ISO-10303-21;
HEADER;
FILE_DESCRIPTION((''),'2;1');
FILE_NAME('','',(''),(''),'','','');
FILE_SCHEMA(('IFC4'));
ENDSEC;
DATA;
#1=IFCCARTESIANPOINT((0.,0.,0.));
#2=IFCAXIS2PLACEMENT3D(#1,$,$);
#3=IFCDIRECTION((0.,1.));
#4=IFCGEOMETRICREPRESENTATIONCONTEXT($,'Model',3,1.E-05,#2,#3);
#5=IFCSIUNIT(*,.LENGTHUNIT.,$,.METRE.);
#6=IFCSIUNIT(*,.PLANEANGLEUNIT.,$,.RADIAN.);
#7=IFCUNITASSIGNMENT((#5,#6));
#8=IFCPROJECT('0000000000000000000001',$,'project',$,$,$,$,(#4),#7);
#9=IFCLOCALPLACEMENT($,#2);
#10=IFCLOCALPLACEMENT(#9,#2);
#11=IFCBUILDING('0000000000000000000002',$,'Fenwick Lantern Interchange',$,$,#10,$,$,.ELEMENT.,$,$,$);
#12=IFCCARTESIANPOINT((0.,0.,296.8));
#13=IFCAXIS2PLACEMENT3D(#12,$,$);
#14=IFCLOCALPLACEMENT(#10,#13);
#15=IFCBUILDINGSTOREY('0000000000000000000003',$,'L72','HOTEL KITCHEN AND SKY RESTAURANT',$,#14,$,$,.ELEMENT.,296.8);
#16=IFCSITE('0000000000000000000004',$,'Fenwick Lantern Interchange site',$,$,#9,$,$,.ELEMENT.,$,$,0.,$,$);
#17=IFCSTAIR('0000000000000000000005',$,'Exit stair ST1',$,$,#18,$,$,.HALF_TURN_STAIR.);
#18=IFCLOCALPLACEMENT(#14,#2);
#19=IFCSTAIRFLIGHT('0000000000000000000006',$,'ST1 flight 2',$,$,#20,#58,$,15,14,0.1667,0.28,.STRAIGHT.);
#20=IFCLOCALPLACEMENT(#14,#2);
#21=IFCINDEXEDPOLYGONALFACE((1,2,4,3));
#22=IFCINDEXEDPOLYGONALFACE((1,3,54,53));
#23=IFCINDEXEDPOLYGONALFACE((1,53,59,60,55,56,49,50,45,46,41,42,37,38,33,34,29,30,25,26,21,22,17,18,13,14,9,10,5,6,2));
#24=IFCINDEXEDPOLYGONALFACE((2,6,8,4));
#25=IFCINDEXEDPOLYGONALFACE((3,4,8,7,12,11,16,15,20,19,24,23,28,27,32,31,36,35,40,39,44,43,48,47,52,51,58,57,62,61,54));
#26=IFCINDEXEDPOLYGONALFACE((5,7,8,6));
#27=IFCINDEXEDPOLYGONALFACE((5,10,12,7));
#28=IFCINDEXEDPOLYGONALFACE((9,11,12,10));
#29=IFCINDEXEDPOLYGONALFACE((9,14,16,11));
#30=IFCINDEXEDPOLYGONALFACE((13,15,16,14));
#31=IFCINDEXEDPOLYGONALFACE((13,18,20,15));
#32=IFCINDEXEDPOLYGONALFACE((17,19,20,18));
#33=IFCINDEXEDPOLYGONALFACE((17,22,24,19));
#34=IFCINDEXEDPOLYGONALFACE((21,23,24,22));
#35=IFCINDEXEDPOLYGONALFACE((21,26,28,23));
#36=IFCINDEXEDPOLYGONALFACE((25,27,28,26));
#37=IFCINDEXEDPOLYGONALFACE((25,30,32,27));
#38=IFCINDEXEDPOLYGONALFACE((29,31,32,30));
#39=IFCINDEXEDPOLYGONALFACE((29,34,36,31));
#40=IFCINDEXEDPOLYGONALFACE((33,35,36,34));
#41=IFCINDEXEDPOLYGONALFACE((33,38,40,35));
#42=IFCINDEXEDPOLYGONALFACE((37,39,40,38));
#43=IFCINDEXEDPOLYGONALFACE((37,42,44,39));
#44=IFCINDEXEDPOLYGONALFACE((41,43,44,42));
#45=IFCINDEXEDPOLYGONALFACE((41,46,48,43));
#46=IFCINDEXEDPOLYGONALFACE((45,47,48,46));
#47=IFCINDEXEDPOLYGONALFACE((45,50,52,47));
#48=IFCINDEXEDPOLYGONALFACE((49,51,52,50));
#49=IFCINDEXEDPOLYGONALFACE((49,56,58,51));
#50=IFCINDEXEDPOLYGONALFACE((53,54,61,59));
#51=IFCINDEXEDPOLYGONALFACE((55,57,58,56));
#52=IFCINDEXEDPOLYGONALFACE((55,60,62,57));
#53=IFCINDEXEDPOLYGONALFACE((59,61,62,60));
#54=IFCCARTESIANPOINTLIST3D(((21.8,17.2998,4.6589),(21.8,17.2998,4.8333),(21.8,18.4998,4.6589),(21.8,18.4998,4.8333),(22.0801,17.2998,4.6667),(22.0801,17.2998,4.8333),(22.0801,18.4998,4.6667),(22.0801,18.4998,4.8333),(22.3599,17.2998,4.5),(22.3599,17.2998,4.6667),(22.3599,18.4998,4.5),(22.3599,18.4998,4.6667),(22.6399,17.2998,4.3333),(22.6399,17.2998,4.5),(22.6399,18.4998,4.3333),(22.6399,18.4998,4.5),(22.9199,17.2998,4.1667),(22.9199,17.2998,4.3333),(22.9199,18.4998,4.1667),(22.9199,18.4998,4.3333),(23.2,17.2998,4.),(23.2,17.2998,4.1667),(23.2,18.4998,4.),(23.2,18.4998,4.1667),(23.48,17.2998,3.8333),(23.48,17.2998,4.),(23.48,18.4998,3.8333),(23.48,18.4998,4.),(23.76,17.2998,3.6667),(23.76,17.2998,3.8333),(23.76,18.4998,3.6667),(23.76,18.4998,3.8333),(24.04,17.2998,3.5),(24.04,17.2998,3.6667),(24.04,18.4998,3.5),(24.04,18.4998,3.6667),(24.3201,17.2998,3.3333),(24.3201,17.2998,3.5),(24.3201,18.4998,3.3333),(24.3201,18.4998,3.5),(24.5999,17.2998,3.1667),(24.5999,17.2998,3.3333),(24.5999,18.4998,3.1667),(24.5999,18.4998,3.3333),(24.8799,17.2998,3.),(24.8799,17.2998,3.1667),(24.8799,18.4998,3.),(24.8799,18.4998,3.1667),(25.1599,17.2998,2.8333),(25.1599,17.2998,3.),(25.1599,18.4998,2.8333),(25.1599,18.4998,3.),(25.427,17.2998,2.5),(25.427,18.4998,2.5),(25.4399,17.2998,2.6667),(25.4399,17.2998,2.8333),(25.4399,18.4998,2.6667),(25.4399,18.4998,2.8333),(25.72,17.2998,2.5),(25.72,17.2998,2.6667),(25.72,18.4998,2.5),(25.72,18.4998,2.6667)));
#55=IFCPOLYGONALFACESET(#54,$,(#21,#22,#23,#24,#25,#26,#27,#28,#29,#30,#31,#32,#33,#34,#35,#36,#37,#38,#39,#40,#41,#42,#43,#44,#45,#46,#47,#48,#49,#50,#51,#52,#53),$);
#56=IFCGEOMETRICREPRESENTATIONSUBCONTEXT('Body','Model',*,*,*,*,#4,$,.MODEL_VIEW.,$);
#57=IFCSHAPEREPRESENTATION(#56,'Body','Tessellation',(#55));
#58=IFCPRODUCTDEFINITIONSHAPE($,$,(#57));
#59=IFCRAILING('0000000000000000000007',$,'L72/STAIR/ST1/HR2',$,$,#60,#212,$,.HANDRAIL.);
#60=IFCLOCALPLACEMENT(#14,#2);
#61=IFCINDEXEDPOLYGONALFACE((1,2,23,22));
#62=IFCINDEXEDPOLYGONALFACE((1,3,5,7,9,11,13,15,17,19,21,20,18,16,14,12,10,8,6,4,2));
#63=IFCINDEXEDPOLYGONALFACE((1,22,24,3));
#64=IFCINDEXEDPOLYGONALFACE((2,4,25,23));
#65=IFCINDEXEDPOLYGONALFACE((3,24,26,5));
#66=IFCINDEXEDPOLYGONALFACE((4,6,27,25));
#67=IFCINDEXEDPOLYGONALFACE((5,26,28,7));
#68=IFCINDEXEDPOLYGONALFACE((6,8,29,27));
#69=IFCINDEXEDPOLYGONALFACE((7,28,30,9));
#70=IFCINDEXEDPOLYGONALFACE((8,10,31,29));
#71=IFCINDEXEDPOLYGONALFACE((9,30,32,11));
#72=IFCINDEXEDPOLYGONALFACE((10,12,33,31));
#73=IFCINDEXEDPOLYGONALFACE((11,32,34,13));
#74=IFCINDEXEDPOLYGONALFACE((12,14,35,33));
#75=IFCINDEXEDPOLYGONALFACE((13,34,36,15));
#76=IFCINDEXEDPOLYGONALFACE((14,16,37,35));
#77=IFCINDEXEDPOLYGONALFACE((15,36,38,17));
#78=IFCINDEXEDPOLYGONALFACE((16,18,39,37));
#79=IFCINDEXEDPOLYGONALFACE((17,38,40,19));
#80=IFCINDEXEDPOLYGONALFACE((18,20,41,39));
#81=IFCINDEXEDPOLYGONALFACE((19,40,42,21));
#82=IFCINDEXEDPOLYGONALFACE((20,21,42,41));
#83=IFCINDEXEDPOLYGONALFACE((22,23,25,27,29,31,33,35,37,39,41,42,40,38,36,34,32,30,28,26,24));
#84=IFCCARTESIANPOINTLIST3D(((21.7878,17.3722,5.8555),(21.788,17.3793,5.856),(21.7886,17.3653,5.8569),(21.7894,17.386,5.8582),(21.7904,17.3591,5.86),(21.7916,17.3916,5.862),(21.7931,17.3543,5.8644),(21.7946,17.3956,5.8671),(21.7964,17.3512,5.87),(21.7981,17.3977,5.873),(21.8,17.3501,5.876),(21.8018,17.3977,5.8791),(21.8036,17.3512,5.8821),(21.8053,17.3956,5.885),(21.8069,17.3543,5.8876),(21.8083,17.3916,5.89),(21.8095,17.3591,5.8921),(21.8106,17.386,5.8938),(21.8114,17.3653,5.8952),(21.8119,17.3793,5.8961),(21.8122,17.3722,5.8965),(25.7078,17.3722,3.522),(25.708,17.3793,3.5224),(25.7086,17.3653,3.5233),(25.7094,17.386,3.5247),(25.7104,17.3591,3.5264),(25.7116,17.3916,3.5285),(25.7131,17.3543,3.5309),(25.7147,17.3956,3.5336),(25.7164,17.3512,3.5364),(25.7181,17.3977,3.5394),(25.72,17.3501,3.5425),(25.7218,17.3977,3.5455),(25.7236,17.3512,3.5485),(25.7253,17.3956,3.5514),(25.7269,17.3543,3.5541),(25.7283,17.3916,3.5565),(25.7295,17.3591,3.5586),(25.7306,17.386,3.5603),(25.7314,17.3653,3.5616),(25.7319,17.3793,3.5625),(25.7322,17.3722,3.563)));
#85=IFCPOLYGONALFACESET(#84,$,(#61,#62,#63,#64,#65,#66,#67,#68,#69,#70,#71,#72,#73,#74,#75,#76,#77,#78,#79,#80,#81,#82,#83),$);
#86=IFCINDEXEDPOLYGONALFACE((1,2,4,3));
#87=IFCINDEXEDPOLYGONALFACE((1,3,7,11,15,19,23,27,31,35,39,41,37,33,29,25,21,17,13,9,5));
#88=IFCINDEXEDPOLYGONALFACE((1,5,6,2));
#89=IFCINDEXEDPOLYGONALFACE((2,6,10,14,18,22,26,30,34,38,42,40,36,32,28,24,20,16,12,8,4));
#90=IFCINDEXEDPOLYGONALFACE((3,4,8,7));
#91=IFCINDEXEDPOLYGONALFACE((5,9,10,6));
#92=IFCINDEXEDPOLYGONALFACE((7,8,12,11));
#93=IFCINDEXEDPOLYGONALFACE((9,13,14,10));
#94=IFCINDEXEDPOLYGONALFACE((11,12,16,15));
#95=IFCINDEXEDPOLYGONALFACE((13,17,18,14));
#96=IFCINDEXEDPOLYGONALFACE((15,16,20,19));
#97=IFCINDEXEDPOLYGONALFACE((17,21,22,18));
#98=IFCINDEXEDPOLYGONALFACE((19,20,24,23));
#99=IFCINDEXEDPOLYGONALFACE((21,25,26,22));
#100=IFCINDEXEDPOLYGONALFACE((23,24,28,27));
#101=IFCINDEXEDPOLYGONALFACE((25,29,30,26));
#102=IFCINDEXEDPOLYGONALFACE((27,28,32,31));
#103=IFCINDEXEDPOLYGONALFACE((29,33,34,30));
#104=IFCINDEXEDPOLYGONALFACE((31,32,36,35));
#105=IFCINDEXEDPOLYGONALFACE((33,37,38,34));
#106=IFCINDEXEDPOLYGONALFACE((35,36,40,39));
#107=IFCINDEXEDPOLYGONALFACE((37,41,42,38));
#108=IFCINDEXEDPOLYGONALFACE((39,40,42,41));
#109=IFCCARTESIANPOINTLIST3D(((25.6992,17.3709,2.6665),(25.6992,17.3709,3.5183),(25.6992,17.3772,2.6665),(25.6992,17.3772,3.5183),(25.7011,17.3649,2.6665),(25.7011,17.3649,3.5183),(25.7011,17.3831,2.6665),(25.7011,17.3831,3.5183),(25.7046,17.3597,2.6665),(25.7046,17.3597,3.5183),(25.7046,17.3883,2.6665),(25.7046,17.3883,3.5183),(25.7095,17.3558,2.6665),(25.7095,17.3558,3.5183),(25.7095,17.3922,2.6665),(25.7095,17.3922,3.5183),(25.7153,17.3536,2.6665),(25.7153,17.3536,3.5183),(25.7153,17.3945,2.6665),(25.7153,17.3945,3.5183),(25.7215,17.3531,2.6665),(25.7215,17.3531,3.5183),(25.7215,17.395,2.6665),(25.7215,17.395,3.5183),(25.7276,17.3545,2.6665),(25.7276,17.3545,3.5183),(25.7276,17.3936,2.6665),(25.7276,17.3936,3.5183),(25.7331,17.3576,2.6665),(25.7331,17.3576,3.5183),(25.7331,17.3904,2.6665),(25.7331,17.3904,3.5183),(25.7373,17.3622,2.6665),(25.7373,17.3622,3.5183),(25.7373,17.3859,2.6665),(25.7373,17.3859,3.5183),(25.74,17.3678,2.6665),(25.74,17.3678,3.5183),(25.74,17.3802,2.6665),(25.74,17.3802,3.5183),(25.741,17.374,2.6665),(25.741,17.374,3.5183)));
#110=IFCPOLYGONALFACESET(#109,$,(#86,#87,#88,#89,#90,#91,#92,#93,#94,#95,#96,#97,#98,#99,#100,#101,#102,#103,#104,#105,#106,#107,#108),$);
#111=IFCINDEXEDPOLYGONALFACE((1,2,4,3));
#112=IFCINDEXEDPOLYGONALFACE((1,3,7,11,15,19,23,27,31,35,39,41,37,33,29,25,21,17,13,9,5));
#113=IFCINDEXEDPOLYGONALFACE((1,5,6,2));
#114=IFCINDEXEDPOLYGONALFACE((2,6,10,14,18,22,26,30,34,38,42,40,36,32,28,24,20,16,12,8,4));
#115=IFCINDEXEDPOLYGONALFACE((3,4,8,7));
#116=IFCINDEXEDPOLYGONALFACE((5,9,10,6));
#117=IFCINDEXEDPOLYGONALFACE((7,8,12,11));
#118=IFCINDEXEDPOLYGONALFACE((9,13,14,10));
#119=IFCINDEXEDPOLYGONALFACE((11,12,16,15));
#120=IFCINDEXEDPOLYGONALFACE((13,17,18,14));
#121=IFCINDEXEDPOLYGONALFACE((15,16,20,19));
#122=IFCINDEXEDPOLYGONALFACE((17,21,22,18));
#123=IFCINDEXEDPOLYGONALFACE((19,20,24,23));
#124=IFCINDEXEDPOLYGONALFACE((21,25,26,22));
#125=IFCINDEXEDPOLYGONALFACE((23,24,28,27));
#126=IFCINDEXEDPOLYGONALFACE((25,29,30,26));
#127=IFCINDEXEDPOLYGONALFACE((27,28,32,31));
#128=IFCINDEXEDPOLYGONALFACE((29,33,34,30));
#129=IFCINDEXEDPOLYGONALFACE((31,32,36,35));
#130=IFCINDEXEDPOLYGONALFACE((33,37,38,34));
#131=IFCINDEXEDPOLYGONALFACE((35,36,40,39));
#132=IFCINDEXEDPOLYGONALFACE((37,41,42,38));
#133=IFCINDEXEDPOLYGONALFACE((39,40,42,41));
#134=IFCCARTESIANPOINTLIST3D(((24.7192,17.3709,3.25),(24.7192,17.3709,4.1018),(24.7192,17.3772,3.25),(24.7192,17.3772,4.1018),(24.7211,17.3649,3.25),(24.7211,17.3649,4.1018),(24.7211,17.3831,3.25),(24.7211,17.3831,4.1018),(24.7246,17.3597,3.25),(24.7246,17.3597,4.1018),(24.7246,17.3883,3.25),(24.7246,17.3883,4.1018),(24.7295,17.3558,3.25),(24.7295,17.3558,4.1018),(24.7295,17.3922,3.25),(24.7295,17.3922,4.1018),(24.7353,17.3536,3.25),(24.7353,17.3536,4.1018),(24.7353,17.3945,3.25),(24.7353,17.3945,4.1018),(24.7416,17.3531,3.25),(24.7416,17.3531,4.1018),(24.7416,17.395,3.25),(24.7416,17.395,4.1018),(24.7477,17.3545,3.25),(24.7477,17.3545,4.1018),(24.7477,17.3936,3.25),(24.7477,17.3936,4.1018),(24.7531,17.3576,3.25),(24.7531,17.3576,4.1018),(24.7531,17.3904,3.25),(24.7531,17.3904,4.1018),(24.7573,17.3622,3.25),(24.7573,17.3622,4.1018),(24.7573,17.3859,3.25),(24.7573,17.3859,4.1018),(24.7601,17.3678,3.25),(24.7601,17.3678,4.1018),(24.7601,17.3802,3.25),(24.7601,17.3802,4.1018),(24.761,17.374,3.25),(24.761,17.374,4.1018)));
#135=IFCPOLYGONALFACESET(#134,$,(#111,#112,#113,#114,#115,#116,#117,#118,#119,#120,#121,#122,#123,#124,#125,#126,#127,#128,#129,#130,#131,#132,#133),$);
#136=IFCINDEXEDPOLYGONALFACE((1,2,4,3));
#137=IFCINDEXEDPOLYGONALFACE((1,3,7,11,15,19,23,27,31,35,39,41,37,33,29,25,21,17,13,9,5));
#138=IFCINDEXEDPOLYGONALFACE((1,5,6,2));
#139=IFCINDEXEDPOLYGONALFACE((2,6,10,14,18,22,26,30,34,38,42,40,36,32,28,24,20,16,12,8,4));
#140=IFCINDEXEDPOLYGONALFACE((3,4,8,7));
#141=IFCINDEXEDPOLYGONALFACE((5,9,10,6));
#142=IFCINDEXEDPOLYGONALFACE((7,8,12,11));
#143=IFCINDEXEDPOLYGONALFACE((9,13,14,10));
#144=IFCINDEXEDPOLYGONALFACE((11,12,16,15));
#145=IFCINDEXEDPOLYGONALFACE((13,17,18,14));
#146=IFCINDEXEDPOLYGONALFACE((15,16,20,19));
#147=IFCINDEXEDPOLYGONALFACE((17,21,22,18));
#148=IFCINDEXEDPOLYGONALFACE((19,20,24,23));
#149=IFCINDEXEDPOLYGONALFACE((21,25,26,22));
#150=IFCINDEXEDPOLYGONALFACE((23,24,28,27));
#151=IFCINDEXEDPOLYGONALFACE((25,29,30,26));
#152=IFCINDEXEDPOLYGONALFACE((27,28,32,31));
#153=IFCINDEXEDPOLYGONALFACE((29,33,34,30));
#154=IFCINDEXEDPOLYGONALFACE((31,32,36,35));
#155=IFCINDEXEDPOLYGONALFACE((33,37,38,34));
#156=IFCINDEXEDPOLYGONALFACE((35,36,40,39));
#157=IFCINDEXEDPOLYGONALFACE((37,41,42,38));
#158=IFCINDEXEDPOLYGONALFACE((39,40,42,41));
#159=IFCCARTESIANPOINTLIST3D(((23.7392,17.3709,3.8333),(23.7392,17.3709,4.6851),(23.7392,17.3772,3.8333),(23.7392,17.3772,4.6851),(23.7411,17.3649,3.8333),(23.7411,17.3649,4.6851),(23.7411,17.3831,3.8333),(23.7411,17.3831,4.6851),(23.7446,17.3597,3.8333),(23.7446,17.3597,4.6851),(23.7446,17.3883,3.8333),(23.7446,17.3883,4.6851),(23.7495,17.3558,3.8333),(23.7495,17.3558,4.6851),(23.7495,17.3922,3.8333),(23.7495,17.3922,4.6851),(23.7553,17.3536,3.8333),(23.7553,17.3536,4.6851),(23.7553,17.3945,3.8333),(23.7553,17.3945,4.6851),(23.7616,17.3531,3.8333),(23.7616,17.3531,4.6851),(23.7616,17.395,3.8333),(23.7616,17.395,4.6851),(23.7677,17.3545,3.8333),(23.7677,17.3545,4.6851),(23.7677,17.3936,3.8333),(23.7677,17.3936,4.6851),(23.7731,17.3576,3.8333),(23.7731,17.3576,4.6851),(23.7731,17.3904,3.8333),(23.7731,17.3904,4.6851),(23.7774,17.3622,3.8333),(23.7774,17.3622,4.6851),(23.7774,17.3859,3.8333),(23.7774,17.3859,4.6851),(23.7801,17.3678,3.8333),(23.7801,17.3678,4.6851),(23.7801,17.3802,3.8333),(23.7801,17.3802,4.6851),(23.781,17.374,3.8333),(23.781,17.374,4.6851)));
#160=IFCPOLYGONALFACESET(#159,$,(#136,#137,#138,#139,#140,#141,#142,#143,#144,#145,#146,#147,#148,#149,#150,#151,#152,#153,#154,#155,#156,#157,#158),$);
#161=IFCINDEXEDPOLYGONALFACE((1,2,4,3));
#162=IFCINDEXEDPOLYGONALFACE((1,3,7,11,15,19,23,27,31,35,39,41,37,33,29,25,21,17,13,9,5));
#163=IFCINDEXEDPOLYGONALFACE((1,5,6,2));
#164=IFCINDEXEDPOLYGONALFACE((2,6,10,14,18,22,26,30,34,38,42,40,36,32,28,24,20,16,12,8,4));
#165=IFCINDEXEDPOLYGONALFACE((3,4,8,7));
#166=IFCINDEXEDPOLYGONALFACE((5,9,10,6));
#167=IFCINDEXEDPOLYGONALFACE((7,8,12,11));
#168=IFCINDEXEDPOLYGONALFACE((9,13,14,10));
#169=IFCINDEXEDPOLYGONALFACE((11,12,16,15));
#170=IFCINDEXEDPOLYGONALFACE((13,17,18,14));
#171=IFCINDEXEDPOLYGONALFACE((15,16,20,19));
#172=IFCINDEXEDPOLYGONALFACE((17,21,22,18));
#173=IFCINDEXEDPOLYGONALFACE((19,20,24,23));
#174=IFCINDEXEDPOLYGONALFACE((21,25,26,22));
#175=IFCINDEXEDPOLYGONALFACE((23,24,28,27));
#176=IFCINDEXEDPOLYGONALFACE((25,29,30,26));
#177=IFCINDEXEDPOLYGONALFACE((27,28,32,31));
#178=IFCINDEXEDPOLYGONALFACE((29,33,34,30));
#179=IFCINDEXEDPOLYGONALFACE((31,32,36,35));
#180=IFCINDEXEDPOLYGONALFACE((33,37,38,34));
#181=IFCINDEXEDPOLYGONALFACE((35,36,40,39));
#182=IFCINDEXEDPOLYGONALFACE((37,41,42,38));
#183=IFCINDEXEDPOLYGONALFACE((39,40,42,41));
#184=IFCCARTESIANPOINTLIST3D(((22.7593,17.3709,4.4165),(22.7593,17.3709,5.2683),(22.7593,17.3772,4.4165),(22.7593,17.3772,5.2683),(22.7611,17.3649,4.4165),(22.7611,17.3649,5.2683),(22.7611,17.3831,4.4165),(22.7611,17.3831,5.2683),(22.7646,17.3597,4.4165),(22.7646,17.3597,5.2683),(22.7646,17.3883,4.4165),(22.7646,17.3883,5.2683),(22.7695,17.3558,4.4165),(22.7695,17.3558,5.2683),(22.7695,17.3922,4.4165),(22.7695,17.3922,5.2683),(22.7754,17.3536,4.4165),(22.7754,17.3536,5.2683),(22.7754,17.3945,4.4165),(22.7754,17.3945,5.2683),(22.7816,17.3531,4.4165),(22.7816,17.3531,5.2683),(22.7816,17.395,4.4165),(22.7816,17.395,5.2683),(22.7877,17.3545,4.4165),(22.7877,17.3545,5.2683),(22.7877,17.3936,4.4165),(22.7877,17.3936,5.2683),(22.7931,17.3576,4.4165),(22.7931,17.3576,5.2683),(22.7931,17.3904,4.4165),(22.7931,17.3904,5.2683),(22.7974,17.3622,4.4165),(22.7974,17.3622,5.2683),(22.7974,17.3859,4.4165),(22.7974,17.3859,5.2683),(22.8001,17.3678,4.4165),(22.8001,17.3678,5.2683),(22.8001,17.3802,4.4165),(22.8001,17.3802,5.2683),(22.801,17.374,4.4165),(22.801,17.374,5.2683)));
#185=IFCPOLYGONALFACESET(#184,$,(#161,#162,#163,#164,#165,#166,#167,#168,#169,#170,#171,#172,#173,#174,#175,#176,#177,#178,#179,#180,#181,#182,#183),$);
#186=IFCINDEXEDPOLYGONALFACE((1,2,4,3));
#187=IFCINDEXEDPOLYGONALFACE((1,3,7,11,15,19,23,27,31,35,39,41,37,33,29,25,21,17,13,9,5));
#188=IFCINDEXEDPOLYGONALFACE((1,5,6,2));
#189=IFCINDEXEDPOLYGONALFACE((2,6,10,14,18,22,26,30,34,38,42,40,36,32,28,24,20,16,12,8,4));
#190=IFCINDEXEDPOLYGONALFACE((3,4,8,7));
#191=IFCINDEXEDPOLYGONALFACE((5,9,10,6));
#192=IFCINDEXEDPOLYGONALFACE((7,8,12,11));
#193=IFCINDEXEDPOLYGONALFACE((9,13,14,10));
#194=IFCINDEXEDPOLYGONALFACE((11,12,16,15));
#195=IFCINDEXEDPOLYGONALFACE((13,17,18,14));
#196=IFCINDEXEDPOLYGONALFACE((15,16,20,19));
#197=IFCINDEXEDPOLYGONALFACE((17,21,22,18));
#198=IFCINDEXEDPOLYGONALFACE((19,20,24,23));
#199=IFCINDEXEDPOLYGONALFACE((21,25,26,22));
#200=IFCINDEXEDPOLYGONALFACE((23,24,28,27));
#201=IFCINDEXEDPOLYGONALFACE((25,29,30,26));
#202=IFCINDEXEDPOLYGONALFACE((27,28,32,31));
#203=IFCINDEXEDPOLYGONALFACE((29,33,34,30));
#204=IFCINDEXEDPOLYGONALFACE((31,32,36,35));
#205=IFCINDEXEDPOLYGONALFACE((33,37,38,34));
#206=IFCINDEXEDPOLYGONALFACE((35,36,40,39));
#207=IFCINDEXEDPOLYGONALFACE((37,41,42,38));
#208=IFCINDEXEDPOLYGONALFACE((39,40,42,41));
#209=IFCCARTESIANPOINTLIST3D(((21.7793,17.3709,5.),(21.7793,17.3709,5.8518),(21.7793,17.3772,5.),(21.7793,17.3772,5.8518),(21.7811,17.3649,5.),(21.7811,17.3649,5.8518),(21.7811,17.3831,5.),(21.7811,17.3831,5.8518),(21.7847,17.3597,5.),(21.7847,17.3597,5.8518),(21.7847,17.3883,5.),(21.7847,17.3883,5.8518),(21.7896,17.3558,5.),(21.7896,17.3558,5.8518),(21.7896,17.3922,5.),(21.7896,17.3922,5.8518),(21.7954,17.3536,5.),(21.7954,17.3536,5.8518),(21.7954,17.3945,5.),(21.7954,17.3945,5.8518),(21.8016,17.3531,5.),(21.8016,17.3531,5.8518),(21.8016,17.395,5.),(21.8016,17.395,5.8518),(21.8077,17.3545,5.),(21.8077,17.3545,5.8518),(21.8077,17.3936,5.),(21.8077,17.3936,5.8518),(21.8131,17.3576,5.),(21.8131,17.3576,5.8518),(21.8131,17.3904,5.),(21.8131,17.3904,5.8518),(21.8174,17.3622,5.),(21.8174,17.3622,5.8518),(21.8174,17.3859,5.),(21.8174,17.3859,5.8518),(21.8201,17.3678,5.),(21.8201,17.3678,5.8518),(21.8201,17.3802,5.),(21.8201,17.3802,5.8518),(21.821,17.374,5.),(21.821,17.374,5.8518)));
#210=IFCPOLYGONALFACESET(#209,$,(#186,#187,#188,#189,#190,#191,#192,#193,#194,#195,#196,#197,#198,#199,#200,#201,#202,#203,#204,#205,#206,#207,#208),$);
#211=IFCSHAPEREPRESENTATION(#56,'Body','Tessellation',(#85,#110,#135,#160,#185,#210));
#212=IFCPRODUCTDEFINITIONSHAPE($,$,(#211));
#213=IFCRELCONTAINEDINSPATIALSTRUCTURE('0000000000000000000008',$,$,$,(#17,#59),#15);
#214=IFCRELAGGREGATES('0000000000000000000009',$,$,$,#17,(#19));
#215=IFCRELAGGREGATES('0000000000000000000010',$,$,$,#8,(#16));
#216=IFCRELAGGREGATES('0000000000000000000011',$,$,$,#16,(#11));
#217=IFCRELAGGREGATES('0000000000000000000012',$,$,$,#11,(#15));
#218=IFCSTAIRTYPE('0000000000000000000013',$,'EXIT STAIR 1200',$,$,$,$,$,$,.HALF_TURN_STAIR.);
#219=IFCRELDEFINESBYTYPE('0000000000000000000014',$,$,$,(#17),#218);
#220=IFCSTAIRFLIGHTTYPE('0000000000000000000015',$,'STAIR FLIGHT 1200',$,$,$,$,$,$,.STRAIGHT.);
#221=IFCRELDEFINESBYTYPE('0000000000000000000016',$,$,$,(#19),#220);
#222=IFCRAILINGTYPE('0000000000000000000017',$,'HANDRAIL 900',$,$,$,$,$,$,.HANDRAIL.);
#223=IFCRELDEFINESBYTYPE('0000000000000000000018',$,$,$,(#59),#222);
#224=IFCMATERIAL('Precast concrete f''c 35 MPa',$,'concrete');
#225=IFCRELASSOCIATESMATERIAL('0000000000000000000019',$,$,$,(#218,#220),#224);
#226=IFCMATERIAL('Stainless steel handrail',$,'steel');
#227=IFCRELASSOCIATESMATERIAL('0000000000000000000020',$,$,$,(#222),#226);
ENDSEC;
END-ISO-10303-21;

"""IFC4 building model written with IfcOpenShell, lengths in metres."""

from ifc_helpers import new_model, si_unit, direction, frame, origin, origin_2d, place, context, subcontext, project, spatial, polyline, circle, outline, extrude, material, type_object, element, aggregate, save


model = new_model("IFC4")

# Units and contexts
model_context = context("Model", 3, precision=1e-05, world=origin(), true_north=direction((0.0, 1.0)))
body_context = subcontext(model_context, "Body", "Model", "MODEL_VIEW")
ifc_project = project(units=[si_unit("LENGTHUNIT", "METRE"), si_unit("PLANEANGLEUNIT", "RADIAN")], contexts=[model_context])

# Site, building, storey
site_placement = place(None, origin())
site = spatial("IfcSite", under=ifc_project, at=site_placement, Name="Fenwick Lantern Interchange site", CompositionType="ELEMENT", RefElevation=0.0)
building_placement = place(site_placement, origin())
building = spatial("IfcBuilding", under=site, at=building_placement, Name="Fenwick Lantern Interchange", CompositionType="ELEMENT")
storey_placement = place(building_placement, frame((0.0, 0.0, 296.8)))
storey = spatial("IfcBuildingStorey", under=building, at=storey_placement, Name="L72", Description="HOTEL KITCHEN AND SKY RESTAURANT", CompositionType="ELEMENT", Elevation=296.8)

# Stair, stair flight
ifc_material_1 = material(Name="Precast concrete f'c 35 MPa", Category="concrete")
stair_type = type_object("IfcStairType", Name="EXIT STAIR 1200", PredefinedType="HALF_TURN_STAIR", material=ifc_material_1)
stair_placement = place(storey_placement, origin())
stair = element("IfcStair", 1, at=stair_placement, inside=storey, type_object=stair_type, Name="Exit stair ST1", PredefinedType="HALF_TURN_STAIR")
stair_flight_type = type_object("IfcStairFlightType", Name="STAIR FLIGHT 1200", PredefinedType="STRAIGHT", material=ifc_material_1)
stair_flight_placement = place(storey_placement, frame((25.72, 17.8999, 2.5), z_axis=(0.0, 0.0, 1.0), x_axis=(-1.0, 0.0, 0.0)))
stair_flight = element("IfcStairFlight", 2, at=stair_flight_placement, type_object=stair_flight_type, Name="ST1 flight 2", NumberOfRisers=15, NumberOfTreads=14, PredefinedType="STRAIGHT", RiserHeight=0.1667, TreadLength=0.28, context=body_context, shape_type="SweptSolid", body=[
    extrude(outline(polyline([(0.0, 0.0), (0.0, 0.1667), (0.28, 0.1667), (0.28, 0.3333), (0.5601, 0.3333), (0.5601, 0.5), (0.8401, 0.5), (0.8401, 0.6667), (1.1201, 0.6667), (1.1201, 0.8333), (1.3999, 0.8333), (1.3999, 1.0), (1.6799, 1.0), (1.6799, 1.1667), (1.96, 1.1667), (1.96, 1.3333), (2.24, 1.3333), (2.24, 1.5), (2.52, 1.5), (2.52, 1.6667), (2.8, 1.6667), (2.8, 1.8333), (3.0801, 1.8333), (3.0801, 2.0), (3.3601, 2.0), (3.3601, 2.1667), (3.6399, 2.1667), (3.6399, 2.3333), (3.9199, 2.3333), (3.9199, 2.5), (3.9199, 2.1589), (0.293, 0.0), (0.0, 0.0)])), frame((0.0, 0.6001, 0.0), z_axis=(0.0, -1.0, 0.0), x_axis=(1.0, 0.0, 0.0)), (0.0, 0.0, 1.0), 1.2),
])
aggregate(stair, [stair_flight])

# Railing
ifc_material_2 = material(Name="Stainless steel handrail", Category="steel")
railing_type = type_object("IfcRailingType", Name="HANDRAIL 900", PredefinedType="HANDRAIL", material=ifc_material_2)
railing_placement = place(storey_placement, frame((25.72, 17.374, 2.6665)))
element("IfcRailing", 3, at=railing_placement, inside=storey, type_object=railing_type, Name="L72/STAIR/ST1/HR2", PredefinedType="HANDRAIL", context=body_context, shape_type="SweptSolid", body=[
    extrude(circle(Radius=0.0239, at=origin_2d()), frame((0.0, 0.0, 0.876), z_axis=(-0.859273, 0.0, 0.511518), x_axis=(0.0, -1.0, 0.0)), (0.0, 0.0, 1.0), 4.562),
    extrude(circle(Radius=0.021, at=origin_2d()), origin(), (0.0, 0.0, 1.0), 0.8518),
    extrude(circle(Radius=0.021, at=origin_2d()), frame((-0.98, 0.0, 0.5835)), (0.0, 0.0, 1.0), 0.8518),
    extrude(circle(Radius=0.021, at=origin_2d()), frame((-1.96, 0.0, 1.1667)), (0.0, 0.0, 1.0), 0.8518),
    extrude(circle(Radius=0.021, at=origin_2d()), frame((-2.9399, 0.0, 1.75)), (0.0, 0.0, 1.0), 0.8518),
    extrude(circle(Radius=0.021, at=origin_2d()), frame((-3.9199, 0.0, 2.3335)), (0.0, 0.0, 1.0), 0.8518),
])

save(model, "model.ifc")
